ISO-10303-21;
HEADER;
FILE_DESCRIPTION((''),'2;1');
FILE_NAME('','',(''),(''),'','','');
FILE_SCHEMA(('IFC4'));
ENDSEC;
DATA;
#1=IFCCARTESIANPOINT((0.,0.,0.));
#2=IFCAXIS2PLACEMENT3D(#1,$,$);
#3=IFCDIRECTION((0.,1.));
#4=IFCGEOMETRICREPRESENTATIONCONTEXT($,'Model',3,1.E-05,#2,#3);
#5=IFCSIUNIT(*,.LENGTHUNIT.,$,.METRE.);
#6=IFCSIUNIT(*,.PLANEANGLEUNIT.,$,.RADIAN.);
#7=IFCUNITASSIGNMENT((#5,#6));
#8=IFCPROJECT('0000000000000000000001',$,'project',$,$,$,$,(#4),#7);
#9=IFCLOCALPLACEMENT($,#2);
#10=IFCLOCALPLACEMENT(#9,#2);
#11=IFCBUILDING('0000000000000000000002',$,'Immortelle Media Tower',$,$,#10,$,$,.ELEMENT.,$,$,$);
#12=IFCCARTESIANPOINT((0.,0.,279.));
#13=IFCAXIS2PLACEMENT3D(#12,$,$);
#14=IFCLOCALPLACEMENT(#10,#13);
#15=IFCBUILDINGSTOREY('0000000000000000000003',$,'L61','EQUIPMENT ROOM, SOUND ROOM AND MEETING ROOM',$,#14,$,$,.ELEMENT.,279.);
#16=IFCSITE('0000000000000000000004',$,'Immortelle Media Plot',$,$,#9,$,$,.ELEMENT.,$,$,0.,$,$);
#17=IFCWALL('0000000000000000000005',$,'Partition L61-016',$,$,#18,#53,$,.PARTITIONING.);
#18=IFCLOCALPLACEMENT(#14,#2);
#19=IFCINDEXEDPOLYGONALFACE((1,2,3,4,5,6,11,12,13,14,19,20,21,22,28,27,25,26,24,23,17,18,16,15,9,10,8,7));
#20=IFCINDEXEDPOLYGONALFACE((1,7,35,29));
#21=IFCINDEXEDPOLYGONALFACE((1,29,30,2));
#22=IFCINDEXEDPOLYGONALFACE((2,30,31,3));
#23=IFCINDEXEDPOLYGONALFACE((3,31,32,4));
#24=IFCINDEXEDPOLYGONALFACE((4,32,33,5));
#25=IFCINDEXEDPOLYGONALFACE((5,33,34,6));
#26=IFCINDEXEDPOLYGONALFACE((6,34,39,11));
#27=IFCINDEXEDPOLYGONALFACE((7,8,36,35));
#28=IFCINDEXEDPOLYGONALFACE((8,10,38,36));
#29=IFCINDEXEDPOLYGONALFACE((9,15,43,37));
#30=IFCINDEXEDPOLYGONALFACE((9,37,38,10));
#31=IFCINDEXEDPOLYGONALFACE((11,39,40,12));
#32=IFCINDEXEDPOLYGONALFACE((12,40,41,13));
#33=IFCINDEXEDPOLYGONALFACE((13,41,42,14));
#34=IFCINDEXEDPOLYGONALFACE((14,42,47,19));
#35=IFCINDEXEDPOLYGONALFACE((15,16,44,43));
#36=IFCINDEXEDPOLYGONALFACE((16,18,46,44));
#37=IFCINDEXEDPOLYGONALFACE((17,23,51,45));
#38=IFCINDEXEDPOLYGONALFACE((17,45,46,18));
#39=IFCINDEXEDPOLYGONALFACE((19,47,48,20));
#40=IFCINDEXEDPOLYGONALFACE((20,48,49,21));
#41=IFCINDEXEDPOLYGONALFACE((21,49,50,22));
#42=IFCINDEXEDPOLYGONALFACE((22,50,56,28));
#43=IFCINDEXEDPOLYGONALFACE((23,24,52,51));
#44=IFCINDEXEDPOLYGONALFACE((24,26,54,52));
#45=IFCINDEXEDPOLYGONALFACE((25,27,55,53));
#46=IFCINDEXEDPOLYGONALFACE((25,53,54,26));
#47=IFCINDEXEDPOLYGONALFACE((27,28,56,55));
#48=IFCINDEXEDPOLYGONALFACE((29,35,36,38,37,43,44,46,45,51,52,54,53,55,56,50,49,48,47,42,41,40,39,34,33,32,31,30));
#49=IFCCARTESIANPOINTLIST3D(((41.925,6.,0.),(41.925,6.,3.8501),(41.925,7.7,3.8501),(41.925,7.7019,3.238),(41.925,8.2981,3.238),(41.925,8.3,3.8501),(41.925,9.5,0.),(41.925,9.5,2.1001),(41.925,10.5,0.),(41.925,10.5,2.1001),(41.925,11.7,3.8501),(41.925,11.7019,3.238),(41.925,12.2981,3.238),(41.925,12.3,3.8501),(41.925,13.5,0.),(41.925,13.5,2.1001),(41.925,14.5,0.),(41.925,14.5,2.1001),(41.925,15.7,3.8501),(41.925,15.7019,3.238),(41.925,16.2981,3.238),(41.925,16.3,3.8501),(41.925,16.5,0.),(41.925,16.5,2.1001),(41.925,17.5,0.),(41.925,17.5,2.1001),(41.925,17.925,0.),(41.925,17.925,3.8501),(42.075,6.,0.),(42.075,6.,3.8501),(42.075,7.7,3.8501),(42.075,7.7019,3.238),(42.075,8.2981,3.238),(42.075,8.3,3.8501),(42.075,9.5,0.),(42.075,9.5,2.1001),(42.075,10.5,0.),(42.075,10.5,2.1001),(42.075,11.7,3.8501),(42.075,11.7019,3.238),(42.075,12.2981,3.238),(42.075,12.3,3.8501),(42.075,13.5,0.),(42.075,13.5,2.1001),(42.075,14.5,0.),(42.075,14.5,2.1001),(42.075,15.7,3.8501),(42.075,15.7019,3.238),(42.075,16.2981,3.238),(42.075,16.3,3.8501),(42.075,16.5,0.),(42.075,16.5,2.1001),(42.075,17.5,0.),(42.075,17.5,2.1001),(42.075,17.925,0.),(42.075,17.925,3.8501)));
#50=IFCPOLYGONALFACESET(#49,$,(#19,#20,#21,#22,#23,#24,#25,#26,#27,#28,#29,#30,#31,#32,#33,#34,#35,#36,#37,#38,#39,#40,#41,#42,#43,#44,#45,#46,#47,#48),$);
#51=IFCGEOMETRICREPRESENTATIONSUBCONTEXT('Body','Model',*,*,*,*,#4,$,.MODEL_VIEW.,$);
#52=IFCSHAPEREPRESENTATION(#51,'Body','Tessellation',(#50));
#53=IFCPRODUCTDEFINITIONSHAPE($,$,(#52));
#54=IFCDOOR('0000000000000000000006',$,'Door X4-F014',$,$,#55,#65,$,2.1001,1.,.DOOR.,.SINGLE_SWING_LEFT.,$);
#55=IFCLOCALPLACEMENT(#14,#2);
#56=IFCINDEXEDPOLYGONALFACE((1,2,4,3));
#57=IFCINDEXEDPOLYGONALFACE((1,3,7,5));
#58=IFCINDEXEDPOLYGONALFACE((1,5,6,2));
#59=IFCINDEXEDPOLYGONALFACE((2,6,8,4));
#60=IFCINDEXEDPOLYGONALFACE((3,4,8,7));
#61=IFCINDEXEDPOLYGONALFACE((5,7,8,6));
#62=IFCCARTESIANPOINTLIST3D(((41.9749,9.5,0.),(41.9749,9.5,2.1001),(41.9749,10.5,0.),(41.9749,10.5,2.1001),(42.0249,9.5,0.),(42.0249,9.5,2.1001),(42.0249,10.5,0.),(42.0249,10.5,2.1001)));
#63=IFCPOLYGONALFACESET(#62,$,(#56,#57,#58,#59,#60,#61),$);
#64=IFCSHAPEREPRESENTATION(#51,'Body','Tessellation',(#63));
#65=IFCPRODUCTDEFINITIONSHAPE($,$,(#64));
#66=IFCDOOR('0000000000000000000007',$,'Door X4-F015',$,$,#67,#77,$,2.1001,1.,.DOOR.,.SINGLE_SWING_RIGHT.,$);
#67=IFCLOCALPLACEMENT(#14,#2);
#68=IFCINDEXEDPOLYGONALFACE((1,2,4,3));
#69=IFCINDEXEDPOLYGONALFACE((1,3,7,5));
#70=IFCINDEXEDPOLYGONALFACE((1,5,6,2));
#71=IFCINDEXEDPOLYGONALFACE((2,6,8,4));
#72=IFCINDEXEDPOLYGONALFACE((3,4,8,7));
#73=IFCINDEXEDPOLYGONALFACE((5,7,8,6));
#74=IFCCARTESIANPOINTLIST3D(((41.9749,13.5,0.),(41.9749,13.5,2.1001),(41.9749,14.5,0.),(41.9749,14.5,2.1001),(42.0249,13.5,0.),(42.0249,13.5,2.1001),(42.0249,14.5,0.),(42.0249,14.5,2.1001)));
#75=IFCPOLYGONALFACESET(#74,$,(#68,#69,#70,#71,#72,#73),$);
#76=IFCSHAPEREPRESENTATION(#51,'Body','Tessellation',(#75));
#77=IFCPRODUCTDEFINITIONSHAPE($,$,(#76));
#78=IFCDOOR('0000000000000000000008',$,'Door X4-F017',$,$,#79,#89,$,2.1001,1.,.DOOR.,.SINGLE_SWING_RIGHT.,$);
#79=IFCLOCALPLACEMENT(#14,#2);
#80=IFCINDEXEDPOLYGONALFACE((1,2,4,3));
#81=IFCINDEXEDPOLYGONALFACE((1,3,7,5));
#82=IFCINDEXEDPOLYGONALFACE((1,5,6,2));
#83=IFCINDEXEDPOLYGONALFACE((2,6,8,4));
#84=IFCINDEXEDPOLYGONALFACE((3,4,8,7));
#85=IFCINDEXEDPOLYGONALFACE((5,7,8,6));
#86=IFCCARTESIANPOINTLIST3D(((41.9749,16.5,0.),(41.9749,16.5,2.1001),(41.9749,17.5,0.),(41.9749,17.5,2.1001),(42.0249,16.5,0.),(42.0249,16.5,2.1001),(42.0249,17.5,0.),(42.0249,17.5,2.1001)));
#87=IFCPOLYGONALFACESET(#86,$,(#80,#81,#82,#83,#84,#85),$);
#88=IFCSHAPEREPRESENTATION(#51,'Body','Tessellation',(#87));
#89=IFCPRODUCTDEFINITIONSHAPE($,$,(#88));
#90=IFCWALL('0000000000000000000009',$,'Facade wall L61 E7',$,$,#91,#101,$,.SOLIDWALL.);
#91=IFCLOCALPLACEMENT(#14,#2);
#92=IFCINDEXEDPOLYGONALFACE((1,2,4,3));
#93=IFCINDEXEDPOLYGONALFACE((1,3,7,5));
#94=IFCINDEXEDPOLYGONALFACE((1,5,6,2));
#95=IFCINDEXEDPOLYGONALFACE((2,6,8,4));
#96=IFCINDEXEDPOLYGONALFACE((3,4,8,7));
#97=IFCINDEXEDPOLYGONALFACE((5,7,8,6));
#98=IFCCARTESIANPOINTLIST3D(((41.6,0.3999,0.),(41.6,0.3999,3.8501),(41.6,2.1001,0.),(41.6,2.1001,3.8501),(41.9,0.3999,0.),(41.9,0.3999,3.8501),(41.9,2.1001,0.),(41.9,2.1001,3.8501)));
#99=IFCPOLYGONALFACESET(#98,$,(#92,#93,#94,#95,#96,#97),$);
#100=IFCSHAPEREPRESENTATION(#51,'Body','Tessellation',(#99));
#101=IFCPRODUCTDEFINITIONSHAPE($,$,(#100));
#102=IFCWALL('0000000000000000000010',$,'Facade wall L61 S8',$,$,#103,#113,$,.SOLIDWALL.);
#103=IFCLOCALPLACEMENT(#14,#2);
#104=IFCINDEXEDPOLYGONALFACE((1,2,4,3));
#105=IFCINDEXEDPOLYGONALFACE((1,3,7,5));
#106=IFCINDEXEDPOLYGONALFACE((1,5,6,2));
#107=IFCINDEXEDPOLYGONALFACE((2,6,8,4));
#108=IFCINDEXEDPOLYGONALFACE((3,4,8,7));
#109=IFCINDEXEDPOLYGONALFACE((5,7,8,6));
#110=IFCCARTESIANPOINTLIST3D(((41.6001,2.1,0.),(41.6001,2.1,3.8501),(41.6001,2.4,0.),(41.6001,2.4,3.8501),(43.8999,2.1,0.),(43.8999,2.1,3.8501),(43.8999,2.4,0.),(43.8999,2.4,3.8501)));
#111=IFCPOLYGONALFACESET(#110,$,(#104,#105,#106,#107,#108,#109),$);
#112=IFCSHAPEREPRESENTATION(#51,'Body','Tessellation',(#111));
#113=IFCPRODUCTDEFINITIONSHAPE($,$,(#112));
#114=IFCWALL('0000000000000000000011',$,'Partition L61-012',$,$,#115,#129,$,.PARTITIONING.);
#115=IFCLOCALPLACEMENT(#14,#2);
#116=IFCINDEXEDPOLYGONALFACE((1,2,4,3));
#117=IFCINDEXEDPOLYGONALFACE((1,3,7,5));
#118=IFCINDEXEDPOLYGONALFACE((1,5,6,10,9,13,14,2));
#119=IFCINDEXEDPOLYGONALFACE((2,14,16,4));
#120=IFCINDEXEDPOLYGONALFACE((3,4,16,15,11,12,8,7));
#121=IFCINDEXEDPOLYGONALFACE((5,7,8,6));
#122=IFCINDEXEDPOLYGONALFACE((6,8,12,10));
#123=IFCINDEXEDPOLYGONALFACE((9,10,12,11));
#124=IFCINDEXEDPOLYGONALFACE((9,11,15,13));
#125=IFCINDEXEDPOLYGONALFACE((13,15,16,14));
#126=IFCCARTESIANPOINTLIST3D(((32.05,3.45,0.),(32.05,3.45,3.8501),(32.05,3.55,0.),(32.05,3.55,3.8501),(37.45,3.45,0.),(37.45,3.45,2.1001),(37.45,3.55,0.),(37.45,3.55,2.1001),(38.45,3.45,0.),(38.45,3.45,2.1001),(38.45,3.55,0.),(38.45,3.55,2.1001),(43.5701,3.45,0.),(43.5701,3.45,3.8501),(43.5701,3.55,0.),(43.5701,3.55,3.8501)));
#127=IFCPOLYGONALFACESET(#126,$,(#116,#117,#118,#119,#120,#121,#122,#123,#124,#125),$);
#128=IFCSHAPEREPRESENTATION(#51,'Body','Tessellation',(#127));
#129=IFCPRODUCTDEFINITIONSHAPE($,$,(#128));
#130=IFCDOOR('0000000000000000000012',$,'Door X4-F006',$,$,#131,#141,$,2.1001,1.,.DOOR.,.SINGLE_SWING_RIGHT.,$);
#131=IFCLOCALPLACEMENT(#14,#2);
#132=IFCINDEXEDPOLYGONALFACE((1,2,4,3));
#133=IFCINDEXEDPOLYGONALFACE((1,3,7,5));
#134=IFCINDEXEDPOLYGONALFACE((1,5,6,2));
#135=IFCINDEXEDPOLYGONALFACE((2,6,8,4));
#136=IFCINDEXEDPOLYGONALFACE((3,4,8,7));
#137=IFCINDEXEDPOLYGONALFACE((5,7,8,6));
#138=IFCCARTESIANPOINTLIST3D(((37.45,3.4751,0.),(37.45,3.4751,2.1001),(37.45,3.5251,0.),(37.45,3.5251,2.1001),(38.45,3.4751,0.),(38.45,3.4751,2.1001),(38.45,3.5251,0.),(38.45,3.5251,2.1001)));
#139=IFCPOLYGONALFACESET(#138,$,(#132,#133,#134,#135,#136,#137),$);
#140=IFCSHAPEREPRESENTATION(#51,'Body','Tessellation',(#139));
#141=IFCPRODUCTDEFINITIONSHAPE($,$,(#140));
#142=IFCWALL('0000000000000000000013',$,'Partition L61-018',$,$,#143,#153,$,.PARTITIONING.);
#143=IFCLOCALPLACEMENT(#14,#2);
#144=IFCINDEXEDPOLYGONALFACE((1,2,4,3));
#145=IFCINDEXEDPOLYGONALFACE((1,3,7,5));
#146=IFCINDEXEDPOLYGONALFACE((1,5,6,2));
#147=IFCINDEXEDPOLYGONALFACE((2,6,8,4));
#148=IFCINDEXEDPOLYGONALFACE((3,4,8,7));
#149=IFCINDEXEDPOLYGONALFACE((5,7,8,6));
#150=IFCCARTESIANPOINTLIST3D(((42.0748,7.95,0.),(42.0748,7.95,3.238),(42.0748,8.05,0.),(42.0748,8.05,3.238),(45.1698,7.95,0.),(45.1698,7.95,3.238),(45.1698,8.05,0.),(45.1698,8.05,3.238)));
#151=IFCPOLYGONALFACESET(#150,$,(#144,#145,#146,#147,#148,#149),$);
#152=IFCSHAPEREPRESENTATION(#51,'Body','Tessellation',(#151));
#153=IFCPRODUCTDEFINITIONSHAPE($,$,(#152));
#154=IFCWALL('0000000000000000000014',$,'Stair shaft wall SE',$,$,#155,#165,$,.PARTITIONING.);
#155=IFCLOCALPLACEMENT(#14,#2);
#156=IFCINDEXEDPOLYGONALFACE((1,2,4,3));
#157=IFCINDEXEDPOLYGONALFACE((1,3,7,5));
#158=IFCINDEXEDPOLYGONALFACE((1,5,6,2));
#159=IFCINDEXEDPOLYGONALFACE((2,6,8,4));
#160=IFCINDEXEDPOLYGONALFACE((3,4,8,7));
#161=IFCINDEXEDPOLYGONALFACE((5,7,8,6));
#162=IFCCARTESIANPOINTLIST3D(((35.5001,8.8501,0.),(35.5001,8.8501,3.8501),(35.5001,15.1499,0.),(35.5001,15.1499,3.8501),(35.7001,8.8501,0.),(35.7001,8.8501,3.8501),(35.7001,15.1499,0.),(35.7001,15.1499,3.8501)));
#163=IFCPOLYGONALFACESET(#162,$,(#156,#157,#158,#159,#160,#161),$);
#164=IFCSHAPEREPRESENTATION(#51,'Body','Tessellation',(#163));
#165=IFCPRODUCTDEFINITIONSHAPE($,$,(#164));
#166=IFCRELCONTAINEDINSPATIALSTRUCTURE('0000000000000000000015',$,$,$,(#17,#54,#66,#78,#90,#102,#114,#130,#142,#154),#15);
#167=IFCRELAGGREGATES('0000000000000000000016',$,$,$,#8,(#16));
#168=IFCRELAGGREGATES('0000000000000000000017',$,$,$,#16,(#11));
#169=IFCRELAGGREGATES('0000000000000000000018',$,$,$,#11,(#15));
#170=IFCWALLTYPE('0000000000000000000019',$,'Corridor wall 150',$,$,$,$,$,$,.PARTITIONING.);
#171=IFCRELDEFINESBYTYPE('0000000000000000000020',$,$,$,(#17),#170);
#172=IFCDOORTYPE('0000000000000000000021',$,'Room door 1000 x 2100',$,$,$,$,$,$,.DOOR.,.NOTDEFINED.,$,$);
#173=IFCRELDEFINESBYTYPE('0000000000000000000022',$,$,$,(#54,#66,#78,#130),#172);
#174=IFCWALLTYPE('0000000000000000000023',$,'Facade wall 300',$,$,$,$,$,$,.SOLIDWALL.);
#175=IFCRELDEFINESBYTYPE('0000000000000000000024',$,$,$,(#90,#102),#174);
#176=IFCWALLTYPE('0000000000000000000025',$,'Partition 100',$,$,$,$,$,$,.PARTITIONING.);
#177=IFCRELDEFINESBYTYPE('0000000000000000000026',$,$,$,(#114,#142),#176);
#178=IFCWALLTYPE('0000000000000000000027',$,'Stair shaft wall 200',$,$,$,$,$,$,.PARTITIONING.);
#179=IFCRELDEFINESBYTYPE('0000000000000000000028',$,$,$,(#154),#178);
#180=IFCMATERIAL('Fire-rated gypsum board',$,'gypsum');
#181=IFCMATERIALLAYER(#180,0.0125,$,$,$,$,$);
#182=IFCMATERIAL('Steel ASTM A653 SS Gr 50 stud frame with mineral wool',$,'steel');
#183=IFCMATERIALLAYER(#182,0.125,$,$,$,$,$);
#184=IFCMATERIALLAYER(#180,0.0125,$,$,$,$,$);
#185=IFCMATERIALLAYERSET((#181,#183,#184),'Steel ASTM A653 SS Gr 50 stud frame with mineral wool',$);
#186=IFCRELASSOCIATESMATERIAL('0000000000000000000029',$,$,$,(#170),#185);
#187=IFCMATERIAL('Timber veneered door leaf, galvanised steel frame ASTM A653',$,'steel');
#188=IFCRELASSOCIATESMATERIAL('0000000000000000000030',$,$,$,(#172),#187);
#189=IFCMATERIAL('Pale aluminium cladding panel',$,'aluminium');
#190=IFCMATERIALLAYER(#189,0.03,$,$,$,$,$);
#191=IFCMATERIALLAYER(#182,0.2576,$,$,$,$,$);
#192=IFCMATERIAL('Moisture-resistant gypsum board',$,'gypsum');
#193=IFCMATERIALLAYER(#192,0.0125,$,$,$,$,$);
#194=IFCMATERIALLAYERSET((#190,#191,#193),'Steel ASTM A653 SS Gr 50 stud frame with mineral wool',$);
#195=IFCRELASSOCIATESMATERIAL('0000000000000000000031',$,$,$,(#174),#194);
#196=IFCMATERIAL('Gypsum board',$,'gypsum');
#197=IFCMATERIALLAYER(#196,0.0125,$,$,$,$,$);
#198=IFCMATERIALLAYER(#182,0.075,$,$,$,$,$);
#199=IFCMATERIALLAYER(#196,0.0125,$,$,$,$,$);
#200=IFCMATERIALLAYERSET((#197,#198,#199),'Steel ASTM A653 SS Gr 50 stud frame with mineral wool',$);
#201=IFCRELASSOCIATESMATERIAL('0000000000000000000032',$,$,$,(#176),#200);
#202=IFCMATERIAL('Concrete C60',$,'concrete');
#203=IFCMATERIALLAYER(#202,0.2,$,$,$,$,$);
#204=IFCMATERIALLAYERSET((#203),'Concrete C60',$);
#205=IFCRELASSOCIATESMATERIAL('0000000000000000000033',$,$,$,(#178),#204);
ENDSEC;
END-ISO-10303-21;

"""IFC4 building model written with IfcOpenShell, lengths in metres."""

from ifc_helpers import new_model, si_unit, direction, frame, frame_2d, origin, place, context, subcontext, project, spatial, polyline, rectangle, outline, extrude, material, layer, layer_set, type_object, element, fill, save


model = new_model("IFC4")

# Units and contexts
model_context = context("Model", 3, precision=1e-05, world=origin(), true_north=direction((0.0, 1.0)))
body_context = subcontext(model_context, "Body", "Model", "MODEL_VIEW")
ifc_project = project(units=[si_unit("LENGTHUNIT", "METRE"), si_unit("PLANEANGLEUNIT", "RADIAN")], contexts=[model_context])

# Site, building, storey
site_placement = place(None, origin())
site = spatial("IfcSite", under=ifc_project, at=site_placement, Name="Immortelle Media Plot", CompositionType="ELEMENT", RefElevation=0.0)
building_placement = place(site_placement, origin())
building = spatial("IfcBuilding", under=site, at=building_placement, Name="Immortelle Media Tower", CompositionType="ELEMENT")
storey_placement = place(building_placement, frame((0.0, 0.0, 279.0)))
storey = spatial("IfcBuildingStorey", under=building, at=storey_placement, Name="L61", Description="EQUIPMENT ROOM, SOUND ROOM AND MEETING ROOM", CompositionType="ELEMENT", Elevation=279.0)

# Wall, openings, doors
ifc_material_1 = material(Name="Fire-rated gypsum board", Category="gypsum")
ifc_layer_1 = layer(ifc_material_1, 0.0125)
ifc_material_2 = material(Name="Steel ASTM A653 SS Gr 50 stud frame with mineral wool", Category="steel")
ifc_layer_2 = layer(ifc_material_2, 0.125)
ifc_layer_3 = layer(ifc_material_1, 0.0125)
ifc_layer_set_1 = layer_set([ifc_layer_1, ifc_layer_2, ifc_layer_3], Name="Steel ASTM A653 SS Gr 50 stud frame with mineral wool")
wall_type_1 = type_object("IfcWallType", Name="Corridor wall 150", PredefinedType="PARTITIONING", material=ifc_layer_set_1)
wall_1_placement = place(storey_placement, frame((42.0, 6.0, 0.0), z_axis=(0.0, 0.0, 1.0), x_axis=(0.0, 1.0, 0.0)))
wall_1 = element("IfcWall", 1, at=wall_1_placement, inside=storey, type_object=wall_type_1, Name="Partition L61-016", PredefinedType="PARTITIONING", context=body_context, shape_type="SweptSolid", body=[
    extrude(outline(polyline([(0.0, 0.0), (11.925, 0.0), (11.925, 3.8501), (10.3, 3.8501), (10.2981, 3.238), (9.7019, 3.238), (9.7, 3.8501), (6.3, 3.8501), (6.2981, 3.238), (5.7019, 3.238), (5.7, 3.8501), (2.3, 3.8501), (2.2981, 3.238), (1.7019, 3.238), (1.7, 3.8501), (0.0, 3.8501), (0.0, 0.0)])), frame((0.0, 0.075, 0.0), z_axis=(0.0, -1.0, 0.0), x_axis=(1.0, 0.0, 0.0)), (0.0, 0.0, 1.0), 0.1499),
])
opening_1_placement = place(wall_1_placement, frame((4.5, 0.0, 0.0), z_axis=(0.0, 0.0, 1.0), x_axis=(-1.0, 0.0, 0.0)))
opening_1 = element("IfcOpeningElement", 2, at=opening_1_placement, cuts=wall_1, PredefinedType="OPENING", context=body_context, shape_type="SweptSolid", body=[
    extrude(rectangle(XDim=1.0, YDim=2.1001, at=frame_2d((0.5, 1.05))), frame((0.0, 0.085, 0.0), z_axis=(0.0, -1.0, 0.0), x_axis=(1.0, 0.0, 0.0)), (0.0, 0.0, 1.0), 0.1699),
])
opening_2_placement = place(wall_1_placement, frame((8.5, 0.0, 0.0), z_axis=(0.0, 0.0, 1.0), x_axis=(-1.0, 0.0, 0.0)))
opening_2 = element("IfcOpeningElement", 3, at=opening_2_placement, cuts=wall_1, PredefinedType="OPENING", context=body_context, shape_type="SweptSolid", body=[
    extrude(rectangle(XDim=1.0, YDim=2.1001, at=frame_2d((0.5, 1.05))), frame((0.0, 0.085, 0.0), z_axis=(0.0, -1.0, 0.0), x_axis=(1.0, 0.0, 0.0)), (0.0, 0.0, 1.0), 0.1699),
])
opening_3_placement = place(wall_1_placement, frame((11.5, 0.0, 0.0), z_axis=(0.0, 0.0, 1.0), x_axis=(-1.0, 0.0, 0.0)))
opening_3 = element("IfcOpeningElement", 4, at=opening_3_placement, cuts=wall_1, PredefinedType="OPENING", context=body_context, shape_type="SweptSolid", body=[
    extrude(rectangle(XDim=1.0, YDim=2.1001, at=frame_2d((0.5, 1.05))), frame((0.0, 0.085, 0.0), z_axis=(0.0, -1.0, 0.0), x_axis=(1.0, 0.0, 0.0)), (0.0, 0.0, 1.0), 0.1699),
])
ifc_material_3 = material(Name="Timber veneered door leaf, galvanised steel frame ASTM A653", Category="steel")
door_type = type_object("IfcDoorType", Name="Room door 1000 x 2100", OperationType="NOTDEFINED", PredefinedType="DOOR", material=ifc_material_3)
door_1_placement = place(opening_1_placement, origin())
door_1 = element("IfcDoor", 5, at=door_1_placement, inside=storey, type_object=door_type, Name="Door X4-F014", OperationType="SINGLE_SWING_LEFT", OverallHeight=2.1001, OverallWidth=1.0, PredefinedType="DOOR", context=body_context, shape_type="SweptSolid", body=[
    extrude(rectangle(XDim=1.0, YDim=2.1001, at=frame_2d((0.5, 1.05))), frame((0.0, 0.0249, 0.0), z_axis=(0.0, -1.0, 0.0), x_axis=(1.0, 0.0, 0.0)), (0.0, 0.0, 1.0), 0.05),
])
fill(opening_1, door_1)
door_2_placement = place(opening_2_placement, origin())
door_2 = element("IfcDoor", 6, at=door_2_placement, inside=storey, type_object=door_type, Name="Door X4-F015", OperationType="SINGLE_SWING_RIGHT", OverallHeight=2.1001, OverallWidth=1.0, PredefinedType="DOOR", context=body_context, shape_type="SweptSolid", body=[
    extrude(rectangle(XDim=1.0, YDim=2.1001, at=frame_2d((0.5, 1.05))), frame((0.0, 0.0249, 0.0), z_axis=(0.0, -1.0, 0.0), x_axis=(1.0, 0.0, 0.0)), (0.0, 0.0, 1.0), 0.05),
])
fill(opening_2, door_2)
door_3_placement = place(opening_3_placement, origin())
door_3 = element("IfcDoor", 7, at=door_3_placement, inside=storey, type_object=door_type, Name="Door X4-F017", OperationType="SINGLE_SWING_RIGHT", OverallHeight=2.1001, OverallWidth=1.0, PredefinedType="DOOR", context=body_context, shape_type="SweptSolid", body=[
    extrude(rectangle(XDim=1.0, YDim=2.1001, at=frame_2d((0.5, 1.05))), frame((0.0, 0.0249, 0.0), z_axis=(0.0, -1.0, 0.0), x_axis=(1.0, 0.0, 0.0)), (0.0, 0.0, 1.0), 0.05),
])
fill(opening_3, door_3)

# Walls
ifc_material_4 = material(Name="Pale aluminium cladding panel", Category="aluminium")
ifc_layer_4 = layer(ifc_material_4, 0.03)
ifc_layer_5 = layer(ifc_material_2, 0.2576)
ifc_material_5 = material(Name="Moisture-resistant gypsum board", Category="gypsum")
ifc_layer_6 = layer(ifc_material_5, 0.0125)
ifc_layer_set_2 = layer_set([ifc_layer_4, ifc_layer_5, ifc_layer_6], Name="Steel ASTM A653 SS Gr 50 stud frame with mineral wool")
wall_type_2 = type_object("IfcWallType", Name="Facade wall 300", PredefinedType="SOLIDWALL", material=ifc_layer_set_2)
wall_2_placement = place(storey_placement, frame((41.75, 0.3999, 0.0), z_axis=(0.0, 0.0, 1.0), x_axis=(0.0, 1.0, 0.0)))
element("IfcWall", 8, at=wall_2_placement, inside=storey, type_object=wall_type_2, Name="Facade wall L61 E7", PredefinedType="SOLIDWALL", context=body_context, shape_type="SweptSolid", body=[
    extrude(rectangle(XDim=1.7002, YDim=0.3, at=frame_2d((0.8501, 0.0))), origin(), (0.0, 0.0, 1.0), 3.8501),
])
wall_3_placement = place(storey_placement, frame((41.6001, 2.25, 0.0), z_axis=(0.0, 0.0, 1.0), x_axis=(1.0, 0.0, 0.0)))
element("IfcWall", 9, at=wall_3_placement, inside=storey, type_object=wall_type_2, Name="Facade wall L61 S8", PredefinedType="SOLIDWALL", context=body_context, shape_type="SweptSolid", body=[
    extrude(rectangle(XDim=2.2998, YDim=0.3, at=frame_2d((1.1499, 0.0))), origin(), (0.0, 0.0, 1.0), 3.8501),
])

# Wall, opening, door
ifc_material_6 = material(Name="Gypsum board", Category="gypsum")
ifc_layer_7 = layer(ifc_material_6, 0.0125)
ifc_layer_8 = layer(ifc_material_2, 0.075)
ifc_layer_9 = layer(ifc_material_6, 0.0125)
ifc_layer_set_3 = layer_set([ifc_layer_7, ifc_layer_8, ifc_layer_9], Name="Steel ASTM A653 SS Gr 50 stud frame with mineral wool")
wall_type_3 = type_object("IfcWallType", Name="Partition 100", PredefinedType="PARTITIONING", material=ifc_layer_set_3)
wall_4_placement = place(storey_placement, frame((32.05, 3.5, 0.0), z_axis=(0.0, 0.0, 1.0), x_axis=(1.0, 0.0, 0.0)))
wall_4 = element("IfcWall", 10, at=wall_4_placement, inside=storey, type_object=wall_type_3, Name="Partition L61-012", PredefinedType="PARTITIONING", context=body_context, shape_type="SweptSolid", body=[
    extrude(rectangle(XDim=11.52, YDim=0.1001, at=frame_2d((5.76, 0.0))), origin(), (0.0, 0.0, 1.0), 3.8501),
])
opening_4_placement = place(wall_4_placement, frame((6.3999, 0.0, 0.0), z_axis=(0.0, 0.0, 1.0), x_axis=(-1.0, 0.0, 0.0)))
opening_4 = element("IfcOpeningElement", 11, at=opening_4_placement, cuts=wall_4, PredefinedType="OPENING", context=body_context, shape_type="SweptSolid", body=[
    extrude(rectangle(XDim=1.0, YDim=2.1001, at=frame_2d((0.5, 1.05))), frame((0.0, 0.0601, 0.0), z_axis=(0.0, -1.0, 0.0), x_axis=(1.0, 0.0, 0.0)), (0.0, 0.0, 1.0), 0.1201),
])
door_4_placement = place(opening_4_placement, origin())
door_4 = element("IfcDoor", 12, at=door_4_placement, inside=storey, type_object=door_type, Name="Door X4-F006", OperationType="SINGLE_SWING_RIGHT", OverallHeight=2.1001, OverallWidth=1.0, PredefinedType="DOOR", context=body_context, shape_type="SweptSolid", body=[
    extrude(rectangle(XDim=1.0, YDim=2.1001, at=frame_2d((0.5, 1.05))), frame((0.0, 0.0249, 0.0), z_axis=(0.0, -1.0, 0.0), x_axis=(1.0, 0.0, 0.0)), (0.0, 0.0, 1.0), 0.05),
])
fill(opening_4, door_4)

# Walls
wall_5_placement = place(storey_placement, frame((42.075, 8.0, 0.0), z_axis=(0.0, 0.0, 1.0), x_axis=(1.0, 0.0, 0.0)))
element("IfcWall", 13, at=wall_5_placement, inside=storey, type_object=wall_type_3, Name="Partition L61-018", PredefinedType="PARTITIONING", context=body_context, shape_type="SweptSolid", body=[
    extrude(rectangle(XDim=3.095, YDim=0.1001, at=frame_2d((1.5474, 0.0))), origin(), (0.0, 0.0, 1.0), 3.238),
])
ifc_material_7 = material(Name="Concrete C60", Category="concrete")
ifc_layer_10 = layer(ifc_material_7, 0.2)
ifc_layer_set_4 = layer_set([ifc_layer_10], Name="Concrete C60")
wall_type_4 = type_object("IfcWallType", Name="Stair shaft wall 200", PredefinedType="PARTITIONING", material=ifc_layer_set_4)
for number, where, z_axis, x_axis, name in (
    (14, (35.6001, 8.8501, 0.0), (0.0, 0.0, 1.0), (0.0, 1.0, 0.0), "Stair shaft wall SE"),
):
    element("IfcWall", number, at=place(storey_placement, frame(where, z_axis=z_axis, x_axis=x_axis)), inside=storey, type_object=wall_type_4, Name=name, PredefinedType="PARTITIONING", context=body_context, shape_type="SweptSolid", body=[
        extrude(rectangle(XDim=6.2998, YDim=0.2, at=frame_2d((3.1499, 0.0))), origin(), (0.0, 0.0, 1.0), 3.8501),
    ])

save(model, "model.ifc")
